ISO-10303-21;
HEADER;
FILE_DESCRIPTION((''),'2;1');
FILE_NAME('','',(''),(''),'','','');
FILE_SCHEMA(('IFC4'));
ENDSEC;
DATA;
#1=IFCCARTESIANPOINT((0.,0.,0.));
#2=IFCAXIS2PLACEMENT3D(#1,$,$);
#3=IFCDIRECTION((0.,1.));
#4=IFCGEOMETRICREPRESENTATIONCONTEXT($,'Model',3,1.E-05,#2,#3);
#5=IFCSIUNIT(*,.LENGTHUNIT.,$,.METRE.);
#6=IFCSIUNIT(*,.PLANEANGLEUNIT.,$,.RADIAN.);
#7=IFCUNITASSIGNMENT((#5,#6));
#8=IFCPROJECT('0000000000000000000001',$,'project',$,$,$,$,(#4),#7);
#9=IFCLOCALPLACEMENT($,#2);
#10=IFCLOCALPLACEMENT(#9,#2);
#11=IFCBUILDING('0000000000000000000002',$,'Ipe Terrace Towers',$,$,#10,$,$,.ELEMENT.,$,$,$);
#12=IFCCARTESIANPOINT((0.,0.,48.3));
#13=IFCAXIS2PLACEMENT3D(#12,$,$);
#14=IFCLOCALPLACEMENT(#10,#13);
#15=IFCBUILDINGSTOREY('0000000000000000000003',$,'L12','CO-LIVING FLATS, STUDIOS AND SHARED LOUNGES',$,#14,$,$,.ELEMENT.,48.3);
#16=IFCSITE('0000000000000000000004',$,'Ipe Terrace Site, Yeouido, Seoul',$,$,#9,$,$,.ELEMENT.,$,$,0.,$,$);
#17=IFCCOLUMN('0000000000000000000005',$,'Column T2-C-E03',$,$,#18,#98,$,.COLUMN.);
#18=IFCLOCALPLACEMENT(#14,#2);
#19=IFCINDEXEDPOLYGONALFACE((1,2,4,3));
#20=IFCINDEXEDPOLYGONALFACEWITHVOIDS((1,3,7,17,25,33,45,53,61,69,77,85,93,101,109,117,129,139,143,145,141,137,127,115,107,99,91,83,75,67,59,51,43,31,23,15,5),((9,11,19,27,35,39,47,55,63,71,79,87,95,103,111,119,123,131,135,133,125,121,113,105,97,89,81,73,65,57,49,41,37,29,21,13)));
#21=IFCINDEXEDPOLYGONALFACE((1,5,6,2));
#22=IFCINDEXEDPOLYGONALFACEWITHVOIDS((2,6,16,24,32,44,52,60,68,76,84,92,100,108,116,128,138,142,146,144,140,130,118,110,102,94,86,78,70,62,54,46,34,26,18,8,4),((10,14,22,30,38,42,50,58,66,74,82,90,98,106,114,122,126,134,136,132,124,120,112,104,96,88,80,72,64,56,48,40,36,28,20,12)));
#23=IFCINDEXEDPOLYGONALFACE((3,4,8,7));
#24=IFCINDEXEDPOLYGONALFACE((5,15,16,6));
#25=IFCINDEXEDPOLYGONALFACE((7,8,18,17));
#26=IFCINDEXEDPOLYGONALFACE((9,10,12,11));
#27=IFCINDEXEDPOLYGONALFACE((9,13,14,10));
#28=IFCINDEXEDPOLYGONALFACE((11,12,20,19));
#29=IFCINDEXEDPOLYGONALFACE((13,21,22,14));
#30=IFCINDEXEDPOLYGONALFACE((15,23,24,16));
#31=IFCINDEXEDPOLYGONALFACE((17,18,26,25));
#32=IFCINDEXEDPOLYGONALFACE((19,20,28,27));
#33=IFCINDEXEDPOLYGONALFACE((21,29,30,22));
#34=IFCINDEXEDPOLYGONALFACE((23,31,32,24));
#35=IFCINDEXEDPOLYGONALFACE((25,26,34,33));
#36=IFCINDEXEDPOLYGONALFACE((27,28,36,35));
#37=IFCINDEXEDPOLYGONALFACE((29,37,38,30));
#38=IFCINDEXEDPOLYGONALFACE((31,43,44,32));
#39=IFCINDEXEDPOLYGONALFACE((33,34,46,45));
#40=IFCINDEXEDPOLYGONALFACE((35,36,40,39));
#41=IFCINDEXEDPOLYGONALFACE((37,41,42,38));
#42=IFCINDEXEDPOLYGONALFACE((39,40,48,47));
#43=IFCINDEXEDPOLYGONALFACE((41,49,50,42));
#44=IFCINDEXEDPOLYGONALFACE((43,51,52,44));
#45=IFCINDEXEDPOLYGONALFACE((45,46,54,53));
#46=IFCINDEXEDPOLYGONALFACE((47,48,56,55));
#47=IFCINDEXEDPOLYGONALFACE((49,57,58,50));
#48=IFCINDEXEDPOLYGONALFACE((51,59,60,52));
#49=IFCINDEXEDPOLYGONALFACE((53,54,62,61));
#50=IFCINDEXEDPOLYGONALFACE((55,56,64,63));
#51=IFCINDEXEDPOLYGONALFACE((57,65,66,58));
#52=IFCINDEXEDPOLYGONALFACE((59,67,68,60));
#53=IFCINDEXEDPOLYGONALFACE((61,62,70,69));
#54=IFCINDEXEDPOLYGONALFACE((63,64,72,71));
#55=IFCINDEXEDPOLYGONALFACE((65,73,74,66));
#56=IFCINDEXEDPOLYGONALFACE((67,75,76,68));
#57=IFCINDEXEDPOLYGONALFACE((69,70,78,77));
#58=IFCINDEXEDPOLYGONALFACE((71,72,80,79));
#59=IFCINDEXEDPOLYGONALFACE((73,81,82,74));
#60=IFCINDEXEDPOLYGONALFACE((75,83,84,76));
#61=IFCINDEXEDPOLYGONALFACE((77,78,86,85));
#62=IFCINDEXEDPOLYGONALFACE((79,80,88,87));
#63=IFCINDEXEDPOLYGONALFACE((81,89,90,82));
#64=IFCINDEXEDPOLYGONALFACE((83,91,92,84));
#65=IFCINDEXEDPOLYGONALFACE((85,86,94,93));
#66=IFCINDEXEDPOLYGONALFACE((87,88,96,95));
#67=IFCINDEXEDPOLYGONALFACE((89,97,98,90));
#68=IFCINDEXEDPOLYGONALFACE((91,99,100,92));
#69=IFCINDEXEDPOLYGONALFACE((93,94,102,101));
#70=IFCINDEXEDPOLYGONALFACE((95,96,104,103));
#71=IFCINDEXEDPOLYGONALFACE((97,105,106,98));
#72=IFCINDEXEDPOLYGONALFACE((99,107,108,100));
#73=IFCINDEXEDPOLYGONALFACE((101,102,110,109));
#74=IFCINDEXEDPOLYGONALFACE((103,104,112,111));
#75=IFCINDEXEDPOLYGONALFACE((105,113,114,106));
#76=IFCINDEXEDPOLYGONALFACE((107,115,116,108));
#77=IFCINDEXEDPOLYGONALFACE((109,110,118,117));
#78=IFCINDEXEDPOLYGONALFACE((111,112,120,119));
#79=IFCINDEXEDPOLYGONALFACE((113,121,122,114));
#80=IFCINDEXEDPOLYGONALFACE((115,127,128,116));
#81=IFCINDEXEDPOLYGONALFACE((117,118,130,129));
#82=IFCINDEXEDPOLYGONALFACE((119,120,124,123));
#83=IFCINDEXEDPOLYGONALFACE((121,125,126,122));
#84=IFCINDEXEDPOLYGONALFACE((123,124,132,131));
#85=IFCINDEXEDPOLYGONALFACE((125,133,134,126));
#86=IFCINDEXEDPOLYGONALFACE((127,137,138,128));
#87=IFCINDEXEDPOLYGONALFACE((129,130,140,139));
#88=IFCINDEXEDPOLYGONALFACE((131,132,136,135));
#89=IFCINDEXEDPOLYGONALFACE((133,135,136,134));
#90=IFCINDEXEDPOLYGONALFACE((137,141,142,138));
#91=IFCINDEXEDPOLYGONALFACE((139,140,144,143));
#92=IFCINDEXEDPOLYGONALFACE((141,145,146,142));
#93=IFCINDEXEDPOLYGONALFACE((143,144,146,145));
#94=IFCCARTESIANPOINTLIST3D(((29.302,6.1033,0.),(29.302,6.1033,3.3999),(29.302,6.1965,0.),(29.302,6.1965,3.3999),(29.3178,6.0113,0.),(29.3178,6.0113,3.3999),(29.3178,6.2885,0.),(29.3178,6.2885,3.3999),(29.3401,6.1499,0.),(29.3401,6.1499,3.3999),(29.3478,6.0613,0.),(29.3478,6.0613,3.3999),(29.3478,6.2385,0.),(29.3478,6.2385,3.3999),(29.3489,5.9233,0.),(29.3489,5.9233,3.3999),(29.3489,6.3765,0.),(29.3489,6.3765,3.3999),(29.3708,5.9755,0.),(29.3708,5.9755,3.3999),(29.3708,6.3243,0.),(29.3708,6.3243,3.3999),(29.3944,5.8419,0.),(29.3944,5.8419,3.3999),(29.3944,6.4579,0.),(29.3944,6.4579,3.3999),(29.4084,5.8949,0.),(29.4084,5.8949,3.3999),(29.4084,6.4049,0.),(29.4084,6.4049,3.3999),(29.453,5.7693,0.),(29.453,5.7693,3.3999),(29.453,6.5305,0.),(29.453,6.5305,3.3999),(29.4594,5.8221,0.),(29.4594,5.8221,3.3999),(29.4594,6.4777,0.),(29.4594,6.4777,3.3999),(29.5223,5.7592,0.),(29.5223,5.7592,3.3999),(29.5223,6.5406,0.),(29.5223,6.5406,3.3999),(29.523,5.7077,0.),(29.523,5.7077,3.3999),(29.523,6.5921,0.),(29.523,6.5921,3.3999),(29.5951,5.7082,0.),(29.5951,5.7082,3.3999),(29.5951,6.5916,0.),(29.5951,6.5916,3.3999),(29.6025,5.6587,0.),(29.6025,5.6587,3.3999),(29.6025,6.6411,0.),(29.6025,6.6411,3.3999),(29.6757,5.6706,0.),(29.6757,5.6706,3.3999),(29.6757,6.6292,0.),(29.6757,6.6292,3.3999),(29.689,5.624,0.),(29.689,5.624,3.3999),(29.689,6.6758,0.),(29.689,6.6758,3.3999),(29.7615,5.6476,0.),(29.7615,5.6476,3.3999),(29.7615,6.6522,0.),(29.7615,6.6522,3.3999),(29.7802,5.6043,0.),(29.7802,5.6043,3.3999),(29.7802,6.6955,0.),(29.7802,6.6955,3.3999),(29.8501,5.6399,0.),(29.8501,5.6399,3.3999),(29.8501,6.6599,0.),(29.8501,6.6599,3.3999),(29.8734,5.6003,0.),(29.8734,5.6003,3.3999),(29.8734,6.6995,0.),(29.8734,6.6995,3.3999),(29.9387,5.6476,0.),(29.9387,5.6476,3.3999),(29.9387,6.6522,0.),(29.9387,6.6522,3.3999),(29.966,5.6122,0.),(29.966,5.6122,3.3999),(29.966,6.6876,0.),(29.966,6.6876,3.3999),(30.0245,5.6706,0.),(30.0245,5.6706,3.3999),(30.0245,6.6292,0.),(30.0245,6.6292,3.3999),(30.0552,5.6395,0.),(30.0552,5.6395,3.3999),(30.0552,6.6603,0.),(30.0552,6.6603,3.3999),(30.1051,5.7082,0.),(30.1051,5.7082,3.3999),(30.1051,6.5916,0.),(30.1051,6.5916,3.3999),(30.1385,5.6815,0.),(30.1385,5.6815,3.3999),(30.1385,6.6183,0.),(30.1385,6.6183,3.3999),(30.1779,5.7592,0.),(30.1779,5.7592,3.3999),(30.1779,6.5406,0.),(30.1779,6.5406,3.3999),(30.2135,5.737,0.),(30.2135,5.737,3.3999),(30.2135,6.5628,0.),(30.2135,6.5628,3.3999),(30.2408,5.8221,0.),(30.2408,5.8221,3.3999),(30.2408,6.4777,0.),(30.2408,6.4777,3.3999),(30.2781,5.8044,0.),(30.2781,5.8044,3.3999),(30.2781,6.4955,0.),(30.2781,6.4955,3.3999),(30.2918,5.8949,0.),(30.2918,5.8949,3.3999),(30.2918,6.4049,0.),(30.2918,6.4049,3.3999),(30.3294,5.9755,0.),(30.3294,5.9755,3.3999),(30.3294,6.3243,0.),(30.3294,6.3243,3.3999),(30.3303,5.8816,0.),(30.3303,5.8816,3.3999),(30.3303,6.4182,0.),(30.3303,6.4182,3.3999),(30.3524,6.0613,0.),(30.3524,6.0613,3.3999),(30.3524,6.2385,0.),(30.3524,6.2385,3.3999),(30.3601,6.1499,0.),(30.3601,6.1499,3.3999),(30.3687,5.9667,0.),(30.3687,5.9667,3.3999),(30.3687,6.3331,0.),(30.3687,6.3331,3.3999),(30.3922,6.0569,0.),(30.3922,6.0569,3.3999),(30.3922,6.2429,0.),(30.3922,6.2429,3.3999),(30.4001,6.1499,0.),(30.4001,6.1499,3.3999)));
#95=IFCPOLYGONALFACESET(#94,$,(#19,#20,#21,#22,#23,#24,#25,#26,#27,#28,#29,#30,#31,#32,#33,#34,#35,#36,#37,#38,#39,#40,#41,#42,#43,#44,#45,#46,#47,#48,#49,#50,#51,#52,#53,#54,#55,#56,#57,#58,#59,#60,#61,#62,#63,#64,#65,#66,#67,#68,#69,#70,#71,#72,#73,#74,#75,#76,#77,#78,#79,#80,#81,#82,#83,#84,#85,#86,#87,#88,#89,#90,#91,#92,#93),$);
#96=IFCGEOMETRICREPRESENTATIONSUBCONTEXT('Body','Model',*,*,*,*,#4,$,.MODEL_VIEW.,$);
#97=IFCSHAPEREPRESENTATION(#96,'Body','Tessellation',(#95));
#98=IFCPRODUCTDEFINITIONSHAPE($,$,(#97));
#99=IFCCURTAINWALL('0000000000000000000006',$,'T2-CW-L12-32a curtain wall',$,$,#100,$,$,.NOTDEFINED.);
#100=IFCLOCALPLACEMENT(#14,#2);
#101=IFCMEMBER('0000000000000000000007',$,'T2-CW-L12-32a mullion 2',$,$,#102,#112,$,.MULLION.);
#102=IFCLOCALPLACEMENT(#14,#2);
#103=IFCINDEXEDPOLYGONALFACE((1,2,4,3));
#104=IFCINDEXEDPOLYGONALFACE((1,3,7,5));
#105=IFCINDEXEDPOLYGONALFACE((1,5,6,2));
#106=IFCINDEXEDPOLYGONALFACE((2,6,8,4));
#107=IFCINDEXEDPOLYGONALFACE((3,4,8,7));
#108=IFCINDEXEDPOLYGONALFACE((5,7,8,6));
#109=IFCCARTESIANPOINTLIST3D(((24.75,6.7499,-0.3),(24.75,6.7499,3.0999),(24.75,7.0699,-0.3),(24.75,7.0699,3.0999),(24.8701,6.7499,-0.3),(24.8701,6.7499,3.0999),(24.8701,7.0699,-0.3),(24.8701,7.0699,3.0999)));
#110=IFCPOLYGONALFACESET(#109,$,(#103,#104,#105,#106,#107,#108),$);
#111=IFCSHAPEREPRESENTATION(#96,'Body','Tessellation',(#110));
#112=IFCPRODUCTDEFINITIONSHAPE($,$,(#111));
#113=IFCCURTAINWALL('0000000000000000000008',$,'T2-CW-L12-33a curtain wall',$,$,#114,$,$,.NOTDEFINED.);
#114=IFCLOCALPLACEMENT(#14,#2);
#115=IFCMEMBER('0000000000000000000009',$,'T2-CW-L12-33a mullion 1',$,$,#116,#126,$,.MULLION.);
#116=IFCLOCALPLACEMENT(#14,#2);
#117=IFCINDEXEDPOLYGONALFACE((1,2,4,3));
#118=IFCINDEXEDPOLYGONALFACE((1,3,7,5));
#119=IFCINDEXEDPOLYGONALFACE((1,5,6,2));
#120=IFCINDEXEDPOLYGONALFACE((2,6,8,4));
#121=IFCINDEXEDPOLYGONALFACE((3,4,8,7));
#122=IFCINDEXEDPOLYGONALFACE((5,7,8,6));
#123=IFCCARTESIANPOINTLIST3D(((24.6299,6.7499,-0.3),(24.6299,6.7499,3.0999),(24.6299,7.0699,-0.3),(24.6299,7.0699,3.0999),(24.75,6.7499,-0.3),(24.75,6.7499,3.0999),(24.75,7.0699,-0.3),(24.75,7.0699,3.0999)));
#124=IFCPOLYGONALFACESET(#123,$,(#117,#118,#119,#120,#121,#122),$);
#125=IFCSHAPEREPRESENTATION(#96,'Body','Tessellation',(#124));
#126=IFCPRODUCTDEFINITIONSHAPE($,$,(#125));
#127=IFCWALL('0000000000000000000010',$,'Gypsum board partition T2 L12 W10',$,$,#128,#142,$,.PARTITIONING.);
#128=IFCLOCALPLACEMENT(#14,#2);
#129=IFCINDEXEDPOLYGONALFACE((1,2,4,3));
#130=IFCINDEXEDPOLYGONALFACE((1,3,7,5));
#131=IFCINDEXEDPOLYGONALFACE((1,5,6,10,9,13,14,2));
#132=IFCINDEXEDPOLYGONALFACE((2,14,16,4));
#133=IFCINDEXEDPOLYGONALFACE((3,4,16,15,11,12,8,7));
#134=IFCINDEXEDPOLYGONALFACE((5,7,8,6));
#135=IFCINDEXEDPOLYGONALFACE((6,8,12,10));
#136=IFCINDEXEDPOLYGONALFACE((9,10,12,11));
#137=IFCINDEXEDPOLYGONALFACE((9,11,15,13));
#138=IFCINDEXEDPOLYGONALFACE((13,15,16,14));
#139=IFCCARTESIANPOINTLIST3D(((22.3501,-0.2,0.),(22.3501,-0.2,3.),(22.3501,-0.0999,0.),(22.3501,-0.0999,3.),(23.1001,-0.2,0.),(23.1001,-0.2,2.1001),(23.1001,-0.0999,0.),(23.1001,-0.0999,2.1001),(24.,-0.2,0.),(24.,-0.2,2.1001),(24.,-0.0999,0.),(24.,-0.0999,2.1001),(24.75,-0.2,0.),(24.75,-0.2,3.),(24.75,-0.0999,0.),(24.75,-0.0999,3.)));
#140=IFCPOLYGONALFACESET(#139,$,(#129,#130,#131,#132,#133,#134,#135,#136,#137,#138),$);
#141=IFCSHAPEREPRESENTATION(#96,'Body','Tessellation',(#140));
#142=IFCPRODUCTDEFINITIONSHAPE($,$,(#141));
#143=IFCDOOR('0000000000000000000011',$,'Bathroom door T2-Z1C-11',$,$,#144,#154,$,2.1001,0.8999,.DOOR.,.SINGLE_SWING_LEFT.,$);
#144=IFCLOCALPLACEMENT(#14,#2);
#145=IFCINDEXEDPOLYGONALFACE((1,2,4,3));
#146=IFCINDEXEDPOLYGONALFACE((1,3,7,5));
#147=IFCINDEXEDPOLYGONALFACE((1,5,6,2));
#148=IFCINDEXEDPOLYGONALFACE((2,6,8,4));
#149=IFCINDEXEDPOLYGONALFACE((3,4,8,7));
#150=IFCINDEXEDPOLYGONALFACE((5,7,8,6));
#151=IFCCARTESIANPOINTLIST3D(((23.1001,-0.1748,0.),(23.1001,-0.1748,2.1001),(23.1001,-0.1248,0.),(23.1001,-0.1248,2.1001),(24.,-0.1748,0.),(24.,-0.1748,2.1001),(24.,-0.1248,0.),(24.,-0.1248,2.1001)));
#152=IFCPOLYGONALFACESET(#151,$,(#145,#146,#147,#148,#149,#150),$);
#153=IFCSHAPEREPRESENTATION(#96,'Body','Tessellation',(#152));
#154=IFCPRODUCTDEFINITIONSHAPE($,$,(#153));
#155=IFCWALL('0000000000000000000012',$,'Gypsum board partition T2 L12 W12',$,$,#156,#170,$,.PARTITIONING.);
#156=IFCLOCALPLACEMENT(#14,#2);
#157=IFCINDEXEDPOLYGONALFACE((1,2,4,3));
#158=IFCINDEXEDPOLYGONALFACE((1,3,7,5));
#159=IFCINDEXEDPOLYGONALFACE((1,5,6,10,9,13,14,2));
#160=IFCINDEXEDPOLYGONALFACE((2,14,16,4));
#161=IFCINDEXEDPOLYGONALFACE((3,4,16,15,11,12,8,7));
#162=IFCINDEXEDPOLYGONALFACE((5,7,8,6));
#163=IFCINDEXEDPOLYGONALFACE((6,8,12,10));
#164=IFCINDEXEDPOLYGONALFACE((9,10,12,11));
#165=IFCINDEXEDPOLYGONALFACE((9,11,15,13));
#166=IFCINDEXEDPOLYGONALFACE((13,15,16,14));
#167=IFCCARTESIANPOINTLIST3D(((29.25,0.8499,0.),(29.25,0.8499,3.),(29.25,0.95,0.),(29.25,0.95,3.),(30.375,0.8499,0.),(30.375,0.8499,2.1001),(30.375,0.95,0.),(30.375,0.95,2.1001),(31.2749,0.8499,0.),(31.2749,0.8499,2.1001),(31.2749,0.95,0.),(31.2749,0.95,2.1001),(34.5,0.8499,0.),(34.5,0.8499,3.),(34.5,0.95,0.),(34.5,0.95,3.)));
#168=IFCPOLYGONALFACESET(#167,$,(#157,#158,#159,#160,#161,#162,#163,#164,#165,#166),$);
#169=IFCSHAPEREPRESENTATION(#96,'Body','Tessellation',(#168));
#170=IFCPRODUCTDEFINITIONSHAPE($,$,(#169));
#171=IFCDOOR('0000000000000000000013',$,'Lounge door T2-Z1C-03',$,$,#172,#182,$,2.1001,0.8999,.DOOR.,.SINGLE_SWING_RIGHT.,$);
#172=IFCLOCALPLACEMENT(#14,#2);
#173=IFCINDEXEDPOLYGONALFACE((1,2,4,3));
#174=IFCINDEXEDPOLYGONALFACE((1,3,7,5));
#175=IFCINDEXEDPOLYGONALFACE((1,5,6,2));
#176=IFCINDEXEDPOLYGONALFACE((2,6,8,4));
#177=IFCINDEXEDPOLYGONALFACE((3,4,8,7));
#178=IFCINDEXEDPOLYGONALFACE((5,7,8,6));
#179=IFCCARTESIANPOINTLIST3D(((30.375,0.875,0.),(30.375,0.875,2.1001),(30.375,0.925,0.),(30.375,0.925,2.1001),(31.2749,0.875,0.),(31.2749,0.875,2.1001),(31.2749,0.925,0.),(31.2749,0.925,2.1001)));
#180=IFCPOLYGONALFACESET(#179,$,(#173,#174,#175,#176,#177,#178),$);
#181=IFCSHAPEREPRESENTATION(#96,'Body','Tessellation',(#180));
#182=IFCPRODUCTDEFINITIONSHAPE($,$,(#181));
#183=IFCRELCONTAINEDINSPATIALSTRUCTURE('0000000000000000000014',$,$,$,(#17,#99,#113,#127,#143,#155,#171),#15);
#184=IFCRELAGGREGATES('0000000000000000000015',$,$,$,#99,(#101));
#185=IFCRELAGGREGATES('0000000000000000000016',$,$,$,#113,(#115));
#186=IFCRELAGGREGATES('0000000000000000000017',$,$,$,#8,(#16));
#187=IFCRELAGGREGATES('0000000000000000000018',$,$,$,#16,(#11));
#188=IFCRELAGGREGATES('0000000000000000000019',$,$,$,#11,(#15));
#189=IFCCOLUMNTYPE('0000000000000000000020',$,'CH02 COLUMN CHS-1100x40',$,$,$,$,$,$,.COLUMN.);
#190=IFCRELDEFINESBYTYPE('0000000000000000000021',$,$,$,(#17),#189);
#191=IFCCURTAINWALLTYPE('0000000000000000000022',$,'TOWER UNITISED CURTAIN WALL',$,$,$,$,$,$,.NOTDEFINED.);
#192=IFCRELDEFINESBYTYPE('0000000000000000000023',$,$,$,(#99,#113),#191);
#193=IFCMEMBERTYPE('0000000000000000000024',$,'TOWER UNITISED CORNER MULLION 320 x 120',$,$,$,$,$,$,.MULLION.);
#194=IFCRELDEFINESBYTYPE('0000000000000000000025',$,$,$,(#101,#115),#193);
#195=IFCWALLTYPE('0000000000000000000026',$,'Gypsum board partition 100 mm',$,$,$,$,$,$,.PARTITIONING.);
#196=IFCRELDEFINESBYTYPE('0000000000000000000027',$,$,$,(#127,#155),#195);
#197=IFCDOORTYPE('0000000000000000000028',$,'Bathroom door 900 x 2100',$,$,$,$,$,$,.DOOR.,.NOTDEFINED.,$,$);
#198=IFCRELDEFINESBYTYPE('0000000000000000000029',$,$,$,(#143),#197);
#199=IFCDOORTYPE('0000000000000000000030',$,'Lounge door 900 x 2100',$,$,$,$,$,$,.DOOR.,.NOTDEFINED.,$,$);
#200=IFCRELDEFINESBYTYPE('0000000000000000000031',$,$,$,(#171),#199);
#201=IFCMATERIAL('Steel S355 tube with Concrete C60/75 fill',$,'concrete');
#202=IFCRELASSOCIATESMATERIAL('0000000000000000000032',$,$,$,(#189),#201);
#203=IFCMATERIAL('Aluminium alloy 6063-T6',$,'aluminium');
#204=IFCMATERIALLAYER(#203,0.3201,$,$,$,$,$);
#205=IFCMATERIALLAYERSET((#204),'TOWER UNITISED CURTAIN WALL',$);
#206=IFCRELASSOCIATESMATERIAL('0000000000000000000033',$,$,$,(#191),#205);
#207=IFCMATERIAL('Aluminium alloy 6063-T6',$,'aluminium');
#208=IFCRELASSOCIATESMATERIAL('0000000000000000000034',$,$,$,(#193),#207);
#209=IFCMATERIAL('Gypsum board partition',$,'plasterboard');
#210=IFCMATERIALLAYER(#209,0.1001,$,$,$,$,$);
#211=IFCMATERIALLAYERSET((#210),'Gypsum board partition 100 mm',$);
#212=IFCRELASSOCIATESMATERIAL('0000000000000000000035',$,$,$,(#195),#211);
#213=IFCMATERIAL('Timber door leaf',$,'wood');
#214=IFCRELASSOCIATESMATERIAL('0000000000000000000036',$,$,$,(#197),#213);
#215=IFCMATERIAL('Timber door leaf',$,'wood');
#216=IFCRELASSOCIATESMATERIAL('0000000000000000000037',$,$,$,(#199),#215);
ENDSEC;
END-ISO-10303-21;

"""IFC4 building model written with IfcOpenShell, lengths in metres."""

from ifc_helpers import new_model, si_unit, direction, frame, frame_2d, origin, origin_2d, place, context, subcontext, project, spatial, rectangle, hollow_circle, extrude, material, layer, layer_set, material_profile, profile_set, type_object, element, fill, aggregate, save


model = new_model("IFC4")

# Units and contexts
model_context = context("Model", 3, precision=1e-05, world=origin(), true_north=direction((0.0, 1.0)))
body_context = subcontext(model_context, "Body", "Model", "MODEL_VIEW")
ifc_project = project(units=[si_unit("LENGTHUNIT", "METRE"), si_unit("PLANEANGLEUNIT", "RADIAN")], contexts=[model_context])

# Site, building, storey
site_placement = place(None, origin())
site = spatial("IfcSite", under=ifc_project, at=site_placement, Name="Ipe Terrace Site, Yeouido, Seoul", CompositionType="ELEMENT", RefElevation=0.0)
building_placement = place(site_placement, origin())
building = spatial("IfcBuilding", under=site, at=building_placement, Name="Ipe Terrace Towers", CompositionType="ELEMENT")
storey_placement = place(building_placement, frame((0.0, 0.0, 48.3)))
storey = spatial("IfcBuildingStorey", under=building, at=storey_placement, Name="L12", Description="CO-LIVING FLATS, STUDIOS AND SHARED LOUNGES", CompositionType="ELEMENT", Elevation=48.3)

# Column
ifc_material_1 = material(Name="Steel S355 tube with Concrete C60/75 fill", Category="concrete")
ifc_material_profile_1 = material_profile(ifc_material_1, hollow_circle(Radius=0.55, WallThickness=0.04, at=origin_2d()), Name="CHS-1100x40")
ifc_profile_set_1 = profile_set([ifc_material_profile_1], Name="Steel S355 tube with Concrete C60/75 fill")
column_type = type_object("IfcColumnType", Name="CH02 COLUMN CHS-1100x40", PredefinedType="COLUMN", material=ifc_profile_set_1)
column_placement = place(storey_placement, frame((29.8501, 6.1499, 0.0), z_axis=(0.0, 0.0, 1.0), x_axis=(1.0, 0.0, 0.0)))
element("IfcColumn", 1, at=column_placement, inside=storey, type_object=column_type, Name="Column T2-C-E03", PredefinedType="COLUMN", context=body_context, shape_type="SweptSolid", body=[
    extrude(hollow_circle(Radius=0.55, WallThickness=0.04, at=origin_2d()), origin(), (0.0, 0.0, 1.0), 3.3999),
])

# Curtain walls, members
ifc_material_2 = material(Name="Aluminium alloy 6063-T6", Category="aluminium")
ifc_layer_1 = layer(ifc_material_2, 0.3201)
ifc_layer_set_1 = layer_set([ifc_layer_1], Name="TOWER UNITISED CURTAIN WALL")
curtain_wall_type = type_object("IfcCurtainWallType", Name="TOWER UNITISED CURTAIN WALL", PredefinedType="NOTDEFINED", material=ifc_layer_set_1)
curtain_wall_1_placement = place(storey_placement, origin())
curtain_wall_1 = element("IfcCurtainWall", 2, at=curtain_wall_1_placement, inside=storey, type_object=curtain_wall_type, Name="T2-CW-L12-32a curtain wall", PredefinedType="NOTDEFINED")
ifc_material_3 = material(Name="Aluminium alloy 6063-T6", Category="aluminium")
ifc_material_profile_2 = material_profile(ifc_material_3, rectangle(XDim=0.3201, YDim=0.1201, at=origin_2d()), Name="TOWER UNITISED CORNER MULLION 320 x 120")
ifc_profile_set_2 = profile_set([ifc_material_profile_2], Name="Aluminium alloy 6063-T6")
member_type = type_object("IfcMemberType", Name="TOWER UNITISED CORNER MULLION 320 x 120", PredefinedType="MULLION", material=ifc_profile_set_2)
member_1_placement = place(storey_placement, frame((24.8101, 6.9099, -0.3), z_axis=(0.0, 0.0, 1.0), x_axis=(0.0, 1.0, 0.0)))
member_1 = element("IfcMember", 3, at=member_1_placement, type_object=member_type, Name="T2-CW-L12-32a mullion 2", PredefinedType="MULLION", context=body_context, shape_type="SweptSolid", body=[
    extrude(rectangle(XDim=0.3201, YDim=0.1201, at=origin_2d()), origin(), (0.0, 0.0, 1.0), 3.3999),
])
aggregate(curtain_wall_1, [member_1])
curtain_wall_2_placement = place(storey_placement, origin())
curtain_wall_2 = element("IfcCurtainWall", 4, at=curtain_wall_2_placement, inside=storey, type_object=curtain_wall_type, Name="T2-CW-L12-33a curtain wall", PredefinedType="NOTDEFINED")
member_2_placement = place(storey_placement, frame((24.6899, 6.9099, -0.3), z_axis=(0.0, 0.0, 1.0), x_axis=(0.0, 1.0, 0.0)))
member_2 = element("IfcMember", 5, at=member_2_placement, type_object=member_type, Name="T2-CW-L12-33a mullion 1", PredefinedType="MULLION", context=body_context, shape_type="SweptSolid", body=[
    extrude(rectangle(XDim=0.3201, YDim=0.1201, at=origin_2d()), origin(), (0.0, 0.0, 1.0), 3.3999),
])
aggregate(curtain_wall_2, [member_2])

# Walls, openings, doors
ifc_material_4 = material(Name="Gypsum board partition", Category="plasterboard")
ifc_layer_2 = layer(ifc_material_4, 0.1001)
ifc_layer_set_2 = layer_set([ifc_layer_2], Name="Gypsum board partition 100 mm")
wall_type_1 = type_object("IfcWallType", Name="Gypsum board partition 100 mm", PredefinedType="PARTITIONING", material=ifc_layer_set_2)
wall_1_placement = place(storey_placement, frame((24.75, -0.1499, 0.0), z_axis=(0.0, 0.0, 1.0), x_axis=(-1.0, 0.0, 0.0)))
wall_1 = element("IfcWall", 6, at=wall_1_placement, inside=storey, type_object=wall_type_1, Name="Gypsum board partition T2 L12 W10", PredefinedType="PARTITIONING", context=body_context, shape_type="SweptSolid", body=[
    extrude(rectangle(XDim=2.3999, YDim=0.1001, at=frame_2d((1.2, 0.0))), origin(), (0.0, 0.0, 1.0), 3.0),
])
opening_1_placement = place(wall_1_placement, frame((0.75, 0.0, 0.0)))
opening_1 = element("IfcOpeningElement", 7, at=opening_1_placement, cuts=wall_1, PredefinedType="OPENING", context=body_context, shape_type="SweptSolid", body=[
    extrude(rectangle(XDim=0.8999, YDim=2.1001, at=frame_2d((0.45, 1.05))), frame((0.0, 0.0601, 0.0), z_axis=(0.0, -1.0, 0.0), x_axis=(1.0, 0.0, 0.0)), (0.0, 0.0, 1.0), 0.1201),
])
ifc_material_5 = material(Name="Timber door leaf", Category="wood")
door_type_1 = type_object("IfcDoorType", Name="Bathroom door 900 x 2100", OperationType="NOTDEFINED", PredefinedType="DOOR", material=ifc_material_5)
door_1_placement = place(opening_1_placement, origin())
door_1 = element("IfcDoor", 8, at=door_1_placement, inside=storey, type_object=door_type_1, Name="Bathroom door T2-Z1C-11", OperationType="SINGLE_SWING_LEFT", OverallHeight=2.1001, OverallWidth=0.8999, PredefinedType="DOOR", context=body_context, shape_type="SweptSolid", body=[
    extrude(rectangle(XDim=0.8999, YDim=2.1001, at=frame_2d((0.45, 1.05))), frame((0.0, 0.0249, 0.0), z_axis=(0.0, -1.0, 0.0), x_axis=(1.0, 0.0, 0.0)), (0.0, 0.0, 1.0), 0.05),
])
fill(opening_1, door_1)
wall_2_placement = place(storey_placement, frame((34.5, 0.8999, 0.0), z_axis=(0.0, 0.0, 1.0), x_axis=(-1.0, 0.0, 0.0)))
wall_2 = element("IfcWall", 9, at=wall_2_placement, inside=storey, type_object=wall_type_1, Name="Gypsum board partition T2 L12 W12", PredefinedType="PARTITIONING", context=body_context, shape_type="SweptSolid", body=[
    extrude(rectangle(XDim=5.25, YDim=0.1001, at=frame_2d((2.625, 0.0))), origin(), (0.0, 0.0, 1.0), 3.0),
])
opening_2_placement = place(wall_2_placement, frame((3.2251, 0.0, 0.0)))
opening_2 = element("IfcOpeningElement", 10, at=opening_2_placement, cuts=wall_2, PredefinedType="OPENING", context=body_context, shape_type="SweptSolid", body=[
    extrude(rectangle(XDim=0.8999, YDim=2.1001, at=frame_2d((0.45, 1.05))), frame((0.0, 0.0601, 0.0), z_axis=(0.0, -1.0, 0.0), x_axis=(1.0, 0.0, 0.0)), (0.0, 0.0, 1.0), 0.1201),
])
ifc_material_6 = material(Name="Timber door leaf", Category="wood")
door_type_2 = type_object("IfcDoorType", Name="Lounge door 900 x 2100", OperationType="NOTDEFINED", PredefinedType="DOOR", material=ifc_material_6)
door_2_placement = place(opening_2_placement, origin())
door_2 = element("IfcDoor", 11, at=door_2_placement, inside=storey, type_object=door_type_2, Name="Lounge door T2-Z1C-03", OperationType="SINGLE_SWING_RIGHT", OverallHeight=2.1001, OverallWidth=0.8999, PredefinedType="DOOR", context=body_context, shape_type="SweptSolid", body=[
    extrude(rectangle(XDim=0.8999, YDim=2.1001, at=frame_2d((0.45, 1.05))), frame((0.0, 0.0249, 0.0), z_axis=(0.0, -1.0, 0.0), x_axis=(1.0, 0.0, 0.0)), (0.0, 0.0, 1.0), 0.05),
])
fill(opening_2, door_2)

save(model, "model.ifc")
